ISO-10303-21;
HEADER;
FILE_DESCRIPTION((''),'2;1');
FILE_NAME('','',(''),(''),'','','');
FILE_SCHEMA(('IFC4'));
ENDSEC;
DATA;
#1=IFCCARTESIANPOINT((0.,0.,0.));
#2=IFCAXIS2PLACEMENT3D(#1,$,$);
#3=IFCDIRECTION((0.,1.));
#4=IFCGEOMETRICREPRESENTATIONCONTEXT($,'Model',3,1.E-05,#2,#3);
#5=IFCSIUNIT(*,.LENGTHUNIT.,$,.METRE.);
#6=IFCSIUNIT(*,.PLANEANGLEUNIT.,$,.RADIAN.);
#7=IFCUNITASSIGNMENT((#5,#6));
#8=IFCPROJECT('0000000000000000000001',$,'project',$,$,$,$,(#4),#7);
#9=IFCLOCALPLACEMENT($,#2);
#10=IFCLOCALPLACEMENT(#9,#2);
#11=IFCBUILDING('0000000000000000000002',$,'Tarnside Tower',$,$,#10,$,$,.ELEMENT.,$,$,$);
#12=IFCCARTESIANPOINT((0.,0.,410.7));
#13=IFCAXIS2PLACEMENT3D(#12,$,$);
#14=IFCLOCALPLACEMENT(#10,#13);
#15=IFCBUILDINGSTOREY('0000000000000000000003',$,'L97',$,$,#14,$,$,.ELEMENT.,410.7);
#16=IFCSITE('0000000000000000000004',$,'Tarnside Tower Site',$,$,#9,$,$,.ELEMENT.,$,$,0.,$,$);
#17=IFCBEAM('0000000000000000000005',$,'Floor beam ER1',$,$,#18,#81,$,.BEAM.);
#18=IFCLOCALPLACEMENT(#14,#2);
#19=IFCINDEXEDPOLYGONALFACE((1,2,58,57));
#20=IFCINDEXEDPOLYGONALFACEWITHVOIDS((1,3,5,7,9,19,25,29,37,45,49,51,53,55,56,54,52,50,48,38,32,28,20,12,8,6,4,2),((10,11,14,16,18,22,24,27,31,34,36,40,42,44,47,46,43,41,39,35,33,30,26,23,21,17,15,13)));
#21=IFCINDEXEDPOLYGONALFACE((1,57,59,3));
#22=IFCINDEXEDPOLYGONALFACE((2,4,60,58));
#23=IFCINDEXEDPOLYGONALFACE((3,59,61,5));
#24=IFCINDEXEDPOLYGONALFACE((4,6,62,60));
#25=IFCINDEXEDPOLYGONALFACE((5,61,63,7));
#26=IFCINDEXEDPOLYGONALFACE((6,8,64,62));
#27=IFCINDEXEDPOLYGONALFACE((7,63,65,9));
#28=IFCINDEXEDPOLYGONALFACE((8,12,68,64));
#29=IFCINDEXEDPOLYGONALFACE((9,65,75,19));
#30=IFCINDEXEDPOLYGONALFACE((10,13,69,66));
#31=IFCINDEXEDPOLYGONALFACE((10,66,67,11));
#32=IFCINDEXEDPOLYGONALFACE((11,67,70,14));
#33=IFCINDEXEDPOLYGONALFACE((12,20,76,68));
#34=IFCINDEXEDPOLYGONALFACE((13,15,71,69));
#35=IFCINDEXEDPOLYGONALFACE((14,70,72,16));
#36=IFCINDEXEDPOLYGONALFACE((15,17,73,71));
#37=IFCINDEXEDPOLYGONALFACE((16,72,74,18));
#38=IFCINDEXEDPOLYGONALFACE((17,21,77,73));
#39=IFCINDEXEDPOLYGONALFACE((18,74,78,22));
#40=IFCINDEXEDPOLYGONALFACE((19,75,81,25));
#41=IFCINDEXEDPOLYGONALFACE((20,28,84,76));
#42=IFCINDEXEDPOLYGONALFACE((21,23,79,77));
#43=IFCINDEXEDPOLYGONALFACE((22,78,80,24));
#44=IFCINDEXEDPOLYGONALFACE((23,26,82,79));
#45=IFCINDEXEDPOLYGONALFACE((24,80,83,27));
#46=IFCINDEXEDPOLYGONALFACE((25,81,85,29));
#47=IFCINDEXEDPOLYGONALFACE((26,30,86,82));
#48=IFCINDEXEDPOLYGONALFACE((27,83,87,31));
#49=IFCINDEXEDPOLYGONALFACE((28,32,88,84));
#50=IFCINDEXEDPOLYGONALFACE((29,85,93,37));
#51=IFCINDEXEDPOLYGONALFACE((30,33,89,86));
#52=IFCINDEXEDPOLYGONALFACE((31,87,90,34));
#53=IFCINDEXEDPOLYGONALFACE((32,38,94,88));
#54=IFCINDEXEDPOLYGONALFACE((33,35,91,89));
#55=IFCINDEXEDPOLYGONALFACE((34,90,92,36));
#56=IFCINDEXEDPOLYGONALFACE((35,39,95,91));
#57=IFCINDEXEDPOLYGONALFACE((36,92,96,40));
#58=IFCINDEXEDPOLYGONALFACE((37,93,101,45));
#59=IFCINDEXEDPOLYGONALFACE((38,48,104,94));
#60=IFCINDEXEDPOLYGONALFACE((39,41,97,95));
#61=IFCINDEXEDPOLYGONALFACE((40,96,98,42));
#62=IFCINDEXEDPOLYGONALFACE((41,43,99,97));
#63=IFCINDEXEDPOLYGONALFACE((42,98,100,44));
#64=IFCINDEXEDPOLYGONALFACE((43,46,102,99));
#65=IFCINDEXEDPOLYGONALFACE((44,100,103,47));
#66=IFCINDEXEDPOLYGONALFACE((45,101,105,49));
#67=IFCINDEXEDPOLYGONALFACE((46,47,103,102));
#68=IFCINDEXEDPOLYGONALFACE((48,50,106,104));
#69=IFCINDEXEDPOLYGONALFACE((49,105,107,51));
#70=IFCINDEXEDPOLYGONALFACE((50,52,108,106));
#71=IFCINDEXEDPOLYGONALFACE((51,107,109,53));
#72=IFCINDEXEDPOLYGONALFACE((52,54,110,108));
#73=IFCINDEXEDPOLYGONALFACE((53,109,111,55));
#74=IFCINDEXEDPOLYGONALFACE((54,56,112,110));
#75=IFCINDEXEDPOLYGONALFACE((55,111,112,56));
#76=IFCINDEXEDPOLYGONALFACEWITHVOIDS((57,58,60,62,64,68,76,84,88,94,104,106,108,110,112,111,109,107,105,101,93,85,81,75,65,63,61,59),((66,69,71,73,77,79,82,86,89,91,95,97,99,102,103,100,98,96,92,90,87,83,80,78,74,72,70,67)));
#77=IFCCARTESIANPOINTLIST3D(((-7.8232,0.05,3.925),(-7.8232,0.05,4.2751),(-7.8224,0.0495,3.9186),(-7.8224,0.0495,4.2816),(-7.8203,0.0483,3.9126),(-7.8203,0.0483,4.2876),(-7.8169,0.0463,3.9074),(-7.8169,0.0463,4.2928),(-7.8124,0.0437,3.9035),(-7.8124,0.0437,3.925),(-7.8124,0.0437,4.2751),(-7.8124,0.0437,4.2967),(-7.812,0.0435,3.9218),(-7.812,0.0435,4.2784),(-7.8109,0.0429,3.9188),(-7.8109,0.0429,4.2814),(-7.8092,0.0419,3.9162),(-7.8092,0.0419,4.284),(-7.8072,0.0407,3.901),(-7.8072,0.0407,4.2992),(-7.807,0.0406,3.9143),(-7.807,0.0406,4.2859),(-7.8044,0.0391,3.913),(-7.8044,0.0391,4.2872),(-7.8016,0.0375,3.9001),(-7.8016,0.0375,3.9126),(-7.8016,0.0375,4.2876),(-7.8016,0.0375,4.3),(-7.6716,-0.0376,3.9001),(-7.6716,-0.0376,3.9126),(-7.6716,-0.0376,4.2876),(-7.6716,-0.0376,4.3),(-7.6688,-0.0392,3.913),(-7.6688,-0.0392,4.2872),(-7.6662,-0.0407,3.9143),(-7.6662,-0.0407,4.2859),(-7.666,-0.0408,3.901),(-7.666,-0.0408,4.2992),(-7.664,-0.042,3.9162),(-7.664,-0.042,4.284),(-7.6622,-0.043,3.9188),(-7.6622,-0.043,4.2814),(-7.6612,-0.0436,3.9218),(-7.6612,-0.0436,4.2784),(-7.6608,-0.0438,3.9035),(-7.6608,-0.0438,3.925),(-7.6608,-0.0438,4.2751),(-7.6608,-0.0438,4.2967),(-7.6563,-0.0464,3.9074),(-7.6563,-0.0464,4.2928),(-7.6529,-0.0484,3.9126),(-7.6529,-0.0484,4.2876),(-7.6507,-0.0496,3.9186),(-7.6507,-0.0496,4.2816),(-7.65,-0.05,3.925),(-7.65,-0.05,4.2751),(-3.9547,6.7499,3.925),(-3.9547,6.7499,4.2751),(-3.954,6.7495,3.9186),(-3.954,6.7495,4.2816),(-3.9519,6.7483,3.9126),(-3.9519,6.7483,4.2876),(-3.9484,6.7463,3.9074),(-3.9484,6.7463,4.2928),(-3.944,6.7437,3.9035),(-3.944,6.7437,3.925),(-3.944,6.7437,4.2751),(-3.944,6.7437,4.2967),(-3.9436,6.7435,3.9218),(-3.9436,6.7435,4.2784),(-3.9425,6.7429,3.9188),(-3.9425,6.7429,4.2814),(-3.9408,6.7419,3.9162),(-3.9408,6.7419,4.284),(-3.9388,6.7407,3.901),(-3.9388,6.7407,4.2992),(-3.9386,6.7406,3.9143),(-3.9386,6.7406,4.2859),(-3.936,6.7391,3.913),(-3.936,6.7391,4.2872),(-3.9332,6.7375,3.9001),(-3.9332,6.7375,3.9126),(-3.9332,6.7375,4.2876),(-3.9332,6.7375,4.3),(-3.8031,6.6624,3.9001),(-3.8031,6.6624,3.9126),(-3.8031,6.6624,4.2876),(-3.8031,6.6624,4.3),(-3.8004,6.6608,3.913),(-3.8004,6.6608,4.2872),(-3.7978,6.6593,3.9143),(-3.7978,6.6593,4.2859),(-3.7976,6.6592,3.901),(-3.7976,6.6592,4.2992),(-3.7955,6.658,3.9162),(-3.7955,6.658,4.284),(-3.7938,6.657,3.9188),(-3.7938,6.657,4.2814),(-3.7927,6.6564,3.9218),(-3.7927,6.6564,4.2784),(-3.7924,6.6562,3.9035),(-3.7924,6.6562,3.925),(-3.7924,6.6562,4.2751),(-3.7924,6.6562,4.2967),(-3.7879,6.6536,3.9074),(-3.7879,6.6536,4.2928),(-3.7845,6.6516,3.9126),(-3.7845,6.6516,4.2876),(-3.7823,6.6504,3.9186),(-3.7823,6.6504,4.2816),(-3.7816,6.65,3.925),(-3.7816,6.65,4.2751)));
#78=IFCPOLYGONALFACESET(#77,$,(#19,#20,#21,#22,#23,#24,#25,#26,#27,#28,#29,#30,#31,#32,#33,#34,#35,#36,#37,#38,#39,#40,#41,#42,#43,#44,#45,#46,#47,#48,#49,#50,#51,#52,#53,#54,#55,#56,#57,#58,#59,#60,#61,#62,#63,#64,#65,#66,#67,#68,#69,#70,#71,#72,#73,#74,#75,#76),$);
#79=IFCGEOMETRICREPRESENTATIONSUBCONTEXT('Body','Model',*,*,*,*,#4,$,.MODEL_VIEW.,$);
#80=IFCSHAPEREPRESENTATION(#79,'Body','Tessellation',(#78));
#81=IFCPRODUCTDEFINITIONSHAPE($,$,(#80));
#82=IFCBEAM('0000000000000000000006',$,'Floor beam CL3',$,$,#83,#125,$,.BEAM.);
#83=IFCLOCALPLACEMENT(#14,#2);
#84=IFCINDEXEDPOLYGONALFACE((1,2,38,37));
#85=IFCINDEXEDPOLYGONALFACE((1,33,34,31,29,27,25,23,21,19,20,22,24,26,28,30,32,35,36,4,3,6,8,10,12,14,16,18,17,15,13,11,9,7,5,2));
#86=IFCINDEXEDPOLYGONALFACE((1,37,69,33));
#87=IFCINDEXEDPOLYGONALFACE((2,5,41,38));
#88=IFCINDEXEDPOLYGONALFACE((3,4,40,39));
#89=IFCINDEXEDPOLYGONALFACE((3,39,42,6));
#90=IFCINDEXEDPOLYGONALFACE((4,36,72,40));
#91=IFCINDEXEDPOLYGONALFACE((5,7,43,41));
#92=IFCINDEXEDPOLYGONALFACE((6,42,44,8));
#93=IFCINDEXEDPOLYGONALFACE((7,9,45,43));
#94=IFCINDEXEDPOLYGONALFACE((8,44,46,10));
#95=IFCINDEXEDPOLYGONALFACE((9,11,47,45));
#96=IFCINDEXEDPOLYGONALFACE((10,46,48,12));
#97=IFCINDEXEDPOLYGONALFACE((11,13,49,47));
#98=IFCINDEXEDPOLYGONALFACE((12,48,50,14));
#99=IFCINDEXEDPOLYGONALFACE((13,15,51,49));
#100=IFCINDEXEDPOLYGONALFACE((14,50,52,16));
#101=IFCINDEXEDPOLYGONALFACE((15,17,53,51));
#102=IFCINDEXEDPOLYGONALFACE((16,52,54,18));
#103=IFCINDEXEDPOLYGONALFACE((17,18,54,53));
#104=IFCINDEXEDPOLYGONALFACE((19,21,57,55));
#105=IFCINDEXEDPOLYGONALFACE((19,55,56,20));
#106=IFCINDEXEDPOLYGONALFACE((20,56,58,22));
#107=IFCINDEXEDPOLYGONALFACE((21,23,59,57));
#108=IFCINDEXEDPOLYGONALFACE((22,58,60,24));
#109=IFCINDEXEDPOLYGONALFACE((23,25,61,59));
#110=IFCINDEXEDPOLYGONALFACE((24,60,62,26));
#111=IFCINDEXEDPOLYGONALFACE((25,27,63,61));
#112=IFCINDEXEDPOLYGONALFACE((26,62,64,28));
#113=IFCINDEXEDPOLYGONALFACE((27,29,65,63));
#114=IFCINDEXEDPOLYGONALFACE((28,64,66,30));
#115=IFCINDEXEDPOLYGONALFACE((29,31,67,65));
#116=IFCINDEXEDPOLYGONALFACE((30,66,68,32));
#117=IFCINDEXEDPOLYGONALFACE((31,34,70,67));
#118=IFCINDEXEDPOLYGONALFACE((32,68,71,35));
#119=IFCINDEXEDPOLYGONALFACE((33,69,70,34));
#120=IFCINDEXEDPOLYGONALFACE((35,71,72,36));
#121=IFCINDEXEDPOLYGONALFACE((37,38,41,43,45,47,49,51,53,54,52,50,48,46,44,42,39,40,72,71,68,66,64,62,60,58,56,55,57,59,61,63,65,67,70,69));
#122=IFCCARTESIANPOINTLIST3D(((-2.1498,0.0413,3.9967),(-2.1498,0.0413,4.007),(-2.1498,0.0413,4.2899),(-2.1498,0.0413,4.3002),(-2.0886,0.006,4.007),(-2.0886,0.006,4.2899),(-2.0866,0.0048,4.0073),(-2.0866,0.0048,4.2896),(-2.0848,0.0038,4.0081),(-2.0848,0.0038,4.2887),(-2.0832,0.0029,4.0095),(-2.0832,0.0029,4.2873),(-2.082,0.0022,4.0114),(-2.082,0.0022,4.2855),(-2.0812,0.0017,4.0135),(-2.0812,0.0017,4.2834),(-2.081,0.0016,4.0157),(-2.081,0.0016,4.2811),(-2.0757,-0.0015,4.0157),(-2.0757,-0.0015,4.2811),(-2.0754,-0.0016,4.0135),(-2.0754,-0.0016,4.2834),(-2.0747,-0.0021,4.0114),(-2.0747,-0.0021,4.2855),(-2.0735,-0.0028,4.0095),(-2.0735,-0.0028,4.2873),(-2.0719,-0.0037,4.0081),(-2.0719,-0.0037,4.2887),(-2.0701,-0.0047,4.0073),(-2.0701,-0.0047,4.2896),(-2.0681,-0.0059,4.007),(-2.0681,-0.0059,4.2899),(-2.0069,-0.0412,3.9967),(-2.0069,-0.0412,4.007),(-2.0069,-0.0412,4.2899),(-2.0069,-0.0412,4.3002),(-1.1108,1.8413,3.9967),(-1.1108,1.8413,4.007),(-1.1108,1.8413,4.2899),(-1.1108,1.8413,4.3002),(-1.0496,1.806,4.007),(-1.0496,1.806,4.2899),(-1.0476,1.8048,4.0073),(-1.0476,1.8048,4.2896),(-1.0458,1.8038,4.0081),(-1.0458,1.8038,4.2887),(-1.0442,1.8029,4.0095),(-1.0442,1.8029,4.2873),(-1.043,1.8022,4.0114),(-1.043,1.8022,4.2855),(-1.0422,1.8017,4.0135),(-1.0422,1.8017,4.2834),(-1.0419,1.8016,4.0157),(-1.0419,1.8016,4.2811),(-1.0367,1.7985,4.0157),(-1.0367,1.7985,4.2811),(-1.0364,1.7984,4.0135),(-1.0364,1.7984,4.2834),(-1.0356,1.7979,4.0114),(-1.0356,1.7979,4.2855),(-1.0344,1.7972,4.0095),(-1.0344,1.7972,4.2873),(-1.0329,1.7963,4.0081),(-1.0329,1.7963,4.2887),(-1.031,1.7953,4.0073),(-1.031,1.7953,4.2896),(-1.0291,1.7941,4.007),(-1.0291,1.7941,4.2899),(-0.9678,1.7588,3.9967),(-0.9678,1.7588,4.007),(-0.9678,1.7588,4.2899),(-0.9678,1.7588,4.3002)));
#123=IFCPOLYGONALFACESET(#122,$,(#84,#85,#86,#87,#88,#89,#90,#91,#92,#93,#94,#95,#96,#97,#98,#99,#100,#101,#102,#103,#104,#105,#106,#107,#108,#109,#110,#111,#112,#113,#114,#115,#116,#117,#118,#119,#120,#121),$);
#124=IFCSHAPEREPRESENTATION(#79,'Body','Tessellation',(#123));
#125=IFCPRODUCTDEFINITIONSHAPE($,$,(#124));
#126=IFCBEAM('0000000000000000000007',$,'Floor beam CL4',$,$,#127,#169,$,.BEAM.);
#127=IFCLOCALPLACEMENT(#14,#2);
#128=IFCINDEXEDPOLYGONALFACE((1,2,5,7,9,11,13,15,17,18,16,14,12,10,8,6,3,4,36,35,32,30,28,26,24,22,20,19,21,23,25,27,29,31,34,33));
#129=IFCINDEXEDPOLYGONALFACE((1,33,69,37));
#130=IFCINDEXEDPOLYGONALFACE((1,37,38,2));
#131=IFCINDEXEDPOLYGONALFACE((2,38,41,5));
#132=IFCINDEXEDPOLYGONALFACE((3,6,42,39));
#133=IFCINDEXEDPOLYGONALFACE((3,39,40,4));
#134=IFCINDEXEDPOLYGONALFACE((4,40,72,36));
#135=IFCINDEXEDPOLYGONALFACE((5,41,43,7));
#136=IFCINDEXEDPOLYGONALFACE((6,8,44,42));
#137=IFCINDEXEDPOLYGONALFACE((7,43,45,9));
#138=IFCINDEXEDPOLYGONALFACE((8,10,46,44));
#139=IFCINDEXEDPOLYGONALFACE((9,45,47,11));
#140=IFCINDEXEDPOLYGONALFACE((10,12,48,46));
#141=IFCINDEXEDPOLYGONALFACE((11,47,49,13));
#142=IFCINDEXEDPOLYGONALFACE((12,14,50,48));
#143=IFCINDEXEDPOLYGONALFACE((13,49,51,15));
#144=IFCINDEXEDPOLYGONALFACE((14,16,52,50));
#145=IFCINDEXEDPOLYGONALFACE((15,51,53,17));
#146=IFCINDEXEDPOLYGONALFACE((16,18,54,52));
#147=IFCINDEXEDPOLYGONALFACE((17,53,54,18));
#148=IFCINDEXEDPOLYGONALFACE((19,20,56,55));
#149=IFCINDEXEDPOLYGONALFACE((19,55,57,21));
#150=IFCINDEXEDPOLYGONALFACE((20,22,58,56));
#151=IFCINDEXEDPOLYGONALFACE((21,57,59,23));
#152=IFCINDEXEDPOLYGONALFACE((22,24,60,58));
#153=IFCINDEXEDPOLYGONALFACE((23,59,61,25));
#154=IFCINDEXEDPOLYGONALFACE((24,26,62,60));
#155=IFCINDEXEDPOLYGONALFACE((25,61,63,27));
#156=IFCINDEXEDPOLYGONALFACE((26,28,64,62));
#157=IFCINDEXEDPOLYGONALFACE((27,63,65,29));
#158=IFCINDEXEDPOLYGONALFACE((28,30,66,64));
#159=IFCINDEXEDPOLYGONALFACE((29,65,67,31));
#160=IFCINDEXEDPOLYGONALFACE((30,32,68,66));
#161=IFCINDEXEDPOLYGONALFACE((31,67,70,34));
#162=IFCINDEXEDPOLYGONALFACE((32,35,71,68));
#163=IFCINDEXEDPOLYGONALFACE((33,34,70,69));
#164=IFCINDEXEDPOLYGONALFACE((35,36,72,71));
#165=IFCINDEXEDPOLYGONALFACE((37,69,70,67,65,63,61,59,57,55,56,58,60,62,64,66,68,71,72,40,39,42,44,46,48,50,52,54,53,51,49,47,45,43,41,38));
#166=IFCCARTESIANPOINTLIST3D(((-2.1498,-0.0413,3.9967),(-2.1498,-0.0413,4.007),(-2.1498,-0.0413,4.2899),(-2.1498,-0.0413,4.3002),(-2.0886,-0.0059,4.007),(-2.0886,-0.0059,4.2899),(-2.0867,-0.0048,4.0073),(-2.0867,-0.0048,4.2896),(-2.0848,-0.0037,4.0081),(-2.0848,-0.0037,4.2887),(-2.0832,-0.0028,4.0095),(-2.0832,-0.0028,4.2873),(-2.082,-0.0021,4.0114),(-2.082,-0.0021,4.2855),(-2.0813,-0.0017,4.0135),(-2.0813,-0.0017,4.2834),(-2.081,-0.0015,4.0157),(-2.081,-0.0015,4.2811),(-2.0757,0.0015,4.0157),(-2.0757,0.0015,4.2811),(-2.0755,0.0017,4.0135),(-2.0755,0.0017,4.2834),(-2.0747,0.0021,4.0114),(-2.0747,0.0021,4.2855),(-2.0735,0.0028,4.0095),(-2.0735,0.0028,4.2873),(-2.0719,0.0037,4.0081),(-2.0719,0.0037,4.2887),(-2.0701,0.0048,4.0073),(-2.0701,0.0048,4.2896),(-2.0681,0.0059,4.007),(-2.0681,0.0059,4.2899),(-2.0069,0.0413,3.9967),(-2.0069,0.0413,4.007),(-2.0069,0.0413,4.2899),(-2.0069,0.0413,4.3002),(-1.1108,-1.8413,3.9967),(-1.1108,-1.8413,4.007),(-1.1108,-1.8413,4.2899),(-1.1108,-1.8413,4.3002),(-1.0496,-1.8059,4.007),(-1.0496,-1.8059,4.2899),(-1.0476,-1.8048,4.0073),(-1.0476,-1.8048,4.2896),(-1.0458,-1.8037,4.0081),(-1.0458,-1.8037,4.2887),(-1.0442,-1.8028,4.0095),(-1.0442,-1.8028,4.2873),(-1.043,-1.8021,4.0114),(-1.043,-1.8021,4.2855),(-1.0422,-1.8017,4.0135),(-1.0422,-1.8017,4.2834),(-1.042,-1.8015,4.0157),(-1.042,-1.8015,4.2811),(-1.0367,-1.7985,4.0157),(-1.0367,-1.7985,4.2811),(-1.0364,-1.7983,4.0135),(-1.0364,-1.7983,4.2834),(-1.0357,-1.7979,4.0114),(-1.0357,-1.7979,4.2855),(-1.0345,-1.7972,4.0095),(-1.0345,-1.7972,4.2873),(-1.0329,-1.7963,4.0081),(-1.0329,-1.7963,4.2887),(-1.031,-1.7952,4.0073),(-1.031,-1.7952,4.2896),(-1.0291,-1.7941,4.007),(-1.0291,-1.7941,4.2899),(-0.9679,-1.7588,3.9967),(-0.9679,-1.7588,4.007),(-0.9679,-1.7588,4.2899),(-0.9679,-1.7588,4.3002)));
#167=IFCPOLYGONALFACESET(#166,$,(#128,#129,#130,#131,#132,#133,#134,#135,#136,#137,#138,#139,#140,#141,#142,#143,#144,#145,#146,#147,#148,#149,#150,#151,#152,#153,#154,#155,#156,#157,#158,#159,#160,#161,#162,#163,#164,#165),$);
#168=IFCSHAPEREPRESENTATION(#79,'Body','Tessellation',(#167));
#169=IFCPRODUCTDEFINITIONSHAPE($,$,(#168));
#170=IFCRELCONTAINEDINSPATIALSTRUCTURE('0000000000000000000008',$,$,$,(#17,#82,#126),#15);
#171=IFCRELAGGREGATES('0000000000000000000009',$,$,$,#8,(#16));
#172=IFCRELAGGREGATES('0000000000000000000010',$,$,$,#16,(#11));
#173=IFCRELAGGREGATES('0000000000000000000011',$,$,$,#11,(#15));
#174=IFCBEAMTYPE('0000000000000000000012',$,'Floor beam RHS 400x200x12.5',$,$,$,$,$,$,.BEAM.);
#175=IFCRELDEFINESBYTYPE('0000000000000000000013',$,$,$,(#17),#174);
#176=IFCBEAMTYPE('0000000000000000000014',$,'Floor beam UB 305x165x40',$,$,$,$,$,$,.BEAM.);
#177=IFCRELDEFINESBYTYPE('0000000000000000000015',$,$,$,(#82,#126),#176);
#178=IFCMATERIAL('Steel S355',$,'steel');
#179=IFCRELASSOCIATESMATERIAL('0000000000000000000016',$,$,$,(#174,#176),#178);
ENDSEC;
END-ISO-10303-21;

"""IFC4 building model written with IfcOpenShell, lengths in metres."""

from ifc_helpers import new_model, si_unit, direction, frame, origin, origin_2d, place, context, subcontext, project, spatial, hollow_rectangle, i_section, extrude, material, material_profile, profile_set, type_object, element, save


model = new_model("IFC4")

# Units and contexts
model_context = context("Model", 3, precision=1e-05, world=origin(), true_north=direction((0.0, 1.0)))
body_context = subcontext(model_context, "Body", "Model", "MODEL_VIEW")
ifc_project = project(units=[si_unit("LENGTHUNIT", "METRE"), si_unit("PLANEANGLEUNIT", "RADIAN")], contexts=[model_context])

# Site, building, storey
site_placement = place(None, origin())
site = spatial("IfcSite", under=ifc_project, at=site_placement, Name="Tarnside Tower Site", CompositionType="ELEMENT", RefElevation=0.0)
building_placement = place(site_placement, origin())
building = spatial("IfcBuilding", under=site, at=building_placement, Name="Tarnside Tower", CompositionType="ELEMENT")
storey_placement = place(building_placement, frame((0.0, 0.0, 410.7)))
storey = spatial("IfcBuildingStorey", under=building, at=storey_placement, Name="L97", CompositionType="ELEMENT", Elevation=410.7)

# Shared definitions
ifc_material_1 = material(Name="Steel S355", Category="steel")

# Beams
ifc_material_profile_1 = material_profile(ifc_material_1, hollow_rectangle(XDim=0.2, YDim=0.3999, WallThickness=0.0125, InnerFilletRadius=0.0125, OuterFilletRadius=0.0249, at=origin_2d()), Name="RHS 400x200x12.5")
ifc_profile_set_1 = profile_set([ifc_material_profile_1], Name="Steel S355")
beam_type_1 = type_object("IfcBeamType", Name="Floor beam RHS 400x200x12.5", PredefinedType="BEAM", material=ifc_profile_set_1)
beam_1_placement = place(storey_placement, frame((-3.8682, 6.7, 4.1001), z_axis=(-0.500018, -0.866015, 0.0), x_axis=(0.866015, -0.500018, 0.0)))
element("IfcBeam", 1, at=beam_1_placement, inside=storey, type_object=beam_type_1, Name="Floor beam ER1", PredefinedType="BEAM", context=body_context, shape_type="SweptSolid", body=[
    extrude(hollow_rectangle(XDim=0.2, YDim=0.3999, WallThickness=0.0125, InnerFilletRadius=0.0125, OuterFilletRadius=0.0249, at=origin_2d()), origin(), (0.0, 0.0, 1.0), 7.7366),
])
ifc_material_profile_2 = material_profile(ifc_material_1, i_section(OverallWidth=0.165, OverallDepth=0.3035, WebThickness=0.0061, FlangeThickness=0.0103, FilletRadius=0.0088, at=origin_2d()), Name="UB 305x165x40")
ifc_profile_set_2 = profile_set([ifc_material_profile_2], Name="Steel S355")
beam_type_2 = type_object("IfcBeamType", Name="Floor beam UB 305x165x40", PredefinedType="BEAM", material=ifc_profile_set_2)
for number, where, z_axis, x_axis, name in (
    (2, (-1.0393, 1.8, 4.1484), (-0.499929, -0.866066, 0.0), (0.866066, -0.499929, 0.0), "Floor beam CL3"),
    (3, (-2.0784, 0.0, 4.1484), (0.499929, -0.866066, 0.0), (0.866066, 0.499929, 0.0), "Floor beam CL4"),
):
    element("IfcBeam", number, at=place(storey_placement, frame(where, z_axis=z_axis, x_axis=x_axis)), inside=storey, type_object=beam_type_2, Name=name, PredefinedType="BEAM", context=body_context, shape_type="SweptSolid", body=[
        extrude(i_section(OverallWidth=0.165, OverallDepth=0.3035, WebThickness=0.0061, FlangeThickness=0.0103, FilletRadius=0.0088, at=origin_2d()), origin(), (0.0, 0.0, 1.0), 2.0784),
    ])

save(model, "model.ifc")
